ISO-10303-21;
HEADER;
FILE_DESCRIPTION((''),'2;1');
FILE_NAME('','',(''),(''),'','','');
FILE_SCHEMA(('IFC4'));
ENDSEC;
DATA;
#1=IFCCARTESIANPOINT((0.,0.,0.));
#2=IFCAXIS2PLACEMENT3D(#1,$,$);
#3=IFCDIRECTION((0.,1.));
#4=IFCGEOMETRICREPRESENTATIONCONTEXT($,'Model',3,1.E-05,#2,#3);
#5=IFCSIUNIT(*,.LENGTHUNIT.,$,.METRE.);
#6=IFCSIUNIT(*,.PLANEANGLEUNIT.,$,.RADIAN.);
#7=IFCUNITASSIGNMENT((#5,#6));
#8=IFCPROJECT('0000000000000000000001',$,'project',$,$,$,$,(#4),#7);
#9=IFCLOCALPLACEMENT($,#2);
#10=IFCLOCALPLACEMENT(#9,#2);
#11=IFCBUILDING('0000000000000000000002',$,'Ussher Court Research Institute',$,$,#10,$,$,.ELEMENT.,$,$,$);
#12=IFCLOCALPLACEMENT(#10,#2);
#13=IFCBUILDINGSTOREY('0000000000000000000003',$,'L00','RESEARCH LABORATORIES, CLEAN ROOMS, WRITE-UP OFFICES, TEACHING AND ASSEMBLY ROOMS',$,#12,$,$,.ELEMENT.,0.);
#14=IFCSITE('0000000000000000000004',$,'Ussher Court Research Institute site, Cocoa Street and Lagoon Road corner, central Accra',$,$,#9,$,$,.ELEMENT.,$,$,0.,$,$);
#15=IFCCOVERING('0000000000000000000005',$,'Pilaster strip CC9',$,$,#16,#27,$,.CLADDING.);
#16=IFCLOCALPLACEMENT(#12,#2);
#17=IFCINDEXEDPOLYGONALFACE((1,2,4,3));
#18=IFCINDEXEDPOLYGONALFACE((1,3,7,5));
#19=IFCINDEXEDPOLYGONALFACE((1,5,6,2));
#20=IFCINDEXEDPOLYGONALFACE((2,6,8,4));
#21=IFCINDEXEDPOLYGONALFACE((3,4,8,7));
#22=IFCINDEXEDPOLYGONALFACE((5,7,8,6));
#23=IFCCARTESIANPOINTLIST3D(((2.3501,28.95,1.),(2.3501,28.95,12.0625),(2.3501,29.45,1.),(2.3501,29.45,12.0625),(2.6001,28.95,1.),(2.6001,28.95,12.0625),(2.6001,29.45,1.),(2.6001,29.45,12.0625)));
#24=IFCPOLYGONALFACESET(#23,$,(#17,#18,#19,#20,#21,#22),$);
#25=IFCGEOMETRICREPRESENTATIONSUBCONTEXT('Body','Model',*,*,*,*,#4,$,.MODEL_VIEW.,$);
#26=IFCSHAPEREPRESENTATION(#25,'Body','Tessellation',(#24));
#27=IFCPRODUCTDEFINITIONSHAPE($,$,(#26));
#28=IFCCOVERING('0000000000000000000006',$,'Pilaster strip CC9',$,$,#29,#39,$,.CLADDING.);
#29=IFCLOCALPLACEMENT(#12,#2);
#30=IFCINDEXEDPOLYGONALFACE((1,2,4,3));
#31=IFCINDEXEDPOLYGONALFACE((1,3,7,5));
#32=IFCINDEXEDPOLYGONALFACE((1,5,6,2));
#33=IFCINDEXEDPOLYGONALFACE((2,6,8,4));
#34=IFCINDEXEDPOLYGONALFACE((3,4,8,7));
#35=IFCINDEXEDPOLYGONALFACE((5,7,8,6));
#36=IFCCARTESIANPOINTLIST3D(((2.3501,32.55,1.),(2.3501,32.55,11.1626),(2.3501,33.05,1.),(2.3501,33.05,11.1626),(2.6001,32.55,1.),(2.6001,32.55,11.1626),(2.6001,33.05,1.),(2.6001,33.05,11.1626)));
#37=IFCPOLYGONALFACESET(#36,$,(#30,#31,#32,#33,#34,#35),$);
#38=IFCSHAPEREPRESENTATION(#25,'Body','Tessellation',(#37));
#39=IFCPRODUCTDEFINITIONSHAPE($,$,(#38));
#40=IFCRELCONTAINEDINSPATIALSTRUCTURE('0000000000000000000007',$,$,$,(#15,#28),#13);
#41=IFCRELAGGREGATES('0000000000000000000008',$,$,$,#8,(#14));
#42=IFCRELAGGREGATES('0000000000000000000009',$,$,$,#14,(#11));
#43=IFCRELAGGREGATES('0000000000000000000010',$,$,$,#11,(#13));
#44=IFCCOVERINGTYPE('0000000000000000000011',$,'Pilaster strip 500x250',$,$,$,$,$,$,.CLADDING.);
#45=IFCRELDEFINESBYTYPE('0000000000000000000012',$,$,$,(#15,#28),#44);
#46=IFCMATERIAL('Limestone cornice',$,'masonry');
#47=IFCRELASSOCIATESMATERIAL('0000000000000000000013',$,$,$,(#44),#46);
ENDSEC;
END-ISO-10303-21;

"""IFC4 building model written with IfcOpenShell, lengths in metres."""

from ifc_helpers import new_model, si_unit, direction, frame, origin, origin_2d, place, context, subcontext, project, spatial, rectangle, extrude, material, type_object, element, save


model = new_model("IFC4")

# Units and contexts
model_context = context("Model", 3, precision=1e-05, world=origin(), true_north=direction((0.0, 1.0)))
body_context = subcontext(model_context, "Body", "Model", "MODEL_VIEW")
ifc_project = project(units=[si_unit("LENGTHUNIT", "METRE"), si_unit("PLANEANGLEUNIT", "RADIAN")], contexts=[model_context])

# Site, building, storey
site_placement = place(None, origin())
site = spatial("IfcSite", under=ifc_project, at=site_placement, Name="Ussher Court Research Institute site, Cocoa Street and Lagoon Road corner, central Accra", CompositionType="ELEMENT", RefElevation=0.0)
building_placement = place(site_placement, origin())
building = spatial("IfcBuilding", under=site, at=building_placement, Name="Ussher Court Research Institute", CompositionType="ELEMENT")
storey_placement = place(building_placement, origin())
storey = spatial("IfcBuildingStorey", under=building, at=storey_placement, Name="L00", Description="RESEARCH LABORATORIES, CLEAN ROOMS, WRITE-UP OFFICES, TEACHING AND ASSEMBLY ROOMS", CompositionType="ELEMENT", Elevation=0.0)

# Coverings
ifc_material_1 = material(Name="Limestone cornice", Category="masonry")
covering_type_1 = type_object("IfcCoveringType", Name="Pilaster strip 500x250", PredefinedType="CLADDING", material=ifc_material_1)
covering_1_placement = place(storey_placement, frame((2.4751, 29.2, 1.0), z_axis=(0.0, 0.0, 1.0), x_axis=(1.0, 0.0, 0.0)))
element("IfcCovering", 1, at=covering_1_placement, inside=storey, type_object=covering_type_1, Name="Pilaster strip CC9", PredefinedType="CLADDING", context=body_context, shape_type="SweptSolid", body=[
    extrude(rectangle(XDim=0.25, YDim=0.5, at=origin_2d()), origin(), (0.0, 0.0, 1.0), 11.0625),
])
covering_2_placement = place(storey_placement, frame((2.4751, 32.8, 1.0), z_axis=(0.0, 0.0, 1.0), x_axis=(1.0, 0.0, 0.0)))
element("IfcCovering", 2, at=covering_2_placement, inside=storey, type_object=covering_type_1, Name="Pilaster strip CC9", PredefinedType="CLADDING", context=body_context, shape_type="SweptSolid", body=[
    extrude(rectangle(XDim=0.25, YDim=0.5, at=origin_2d()), origin(), (0.0, 0.0, 1.0), 10.1626),
])

save(model, "model.ifc")
